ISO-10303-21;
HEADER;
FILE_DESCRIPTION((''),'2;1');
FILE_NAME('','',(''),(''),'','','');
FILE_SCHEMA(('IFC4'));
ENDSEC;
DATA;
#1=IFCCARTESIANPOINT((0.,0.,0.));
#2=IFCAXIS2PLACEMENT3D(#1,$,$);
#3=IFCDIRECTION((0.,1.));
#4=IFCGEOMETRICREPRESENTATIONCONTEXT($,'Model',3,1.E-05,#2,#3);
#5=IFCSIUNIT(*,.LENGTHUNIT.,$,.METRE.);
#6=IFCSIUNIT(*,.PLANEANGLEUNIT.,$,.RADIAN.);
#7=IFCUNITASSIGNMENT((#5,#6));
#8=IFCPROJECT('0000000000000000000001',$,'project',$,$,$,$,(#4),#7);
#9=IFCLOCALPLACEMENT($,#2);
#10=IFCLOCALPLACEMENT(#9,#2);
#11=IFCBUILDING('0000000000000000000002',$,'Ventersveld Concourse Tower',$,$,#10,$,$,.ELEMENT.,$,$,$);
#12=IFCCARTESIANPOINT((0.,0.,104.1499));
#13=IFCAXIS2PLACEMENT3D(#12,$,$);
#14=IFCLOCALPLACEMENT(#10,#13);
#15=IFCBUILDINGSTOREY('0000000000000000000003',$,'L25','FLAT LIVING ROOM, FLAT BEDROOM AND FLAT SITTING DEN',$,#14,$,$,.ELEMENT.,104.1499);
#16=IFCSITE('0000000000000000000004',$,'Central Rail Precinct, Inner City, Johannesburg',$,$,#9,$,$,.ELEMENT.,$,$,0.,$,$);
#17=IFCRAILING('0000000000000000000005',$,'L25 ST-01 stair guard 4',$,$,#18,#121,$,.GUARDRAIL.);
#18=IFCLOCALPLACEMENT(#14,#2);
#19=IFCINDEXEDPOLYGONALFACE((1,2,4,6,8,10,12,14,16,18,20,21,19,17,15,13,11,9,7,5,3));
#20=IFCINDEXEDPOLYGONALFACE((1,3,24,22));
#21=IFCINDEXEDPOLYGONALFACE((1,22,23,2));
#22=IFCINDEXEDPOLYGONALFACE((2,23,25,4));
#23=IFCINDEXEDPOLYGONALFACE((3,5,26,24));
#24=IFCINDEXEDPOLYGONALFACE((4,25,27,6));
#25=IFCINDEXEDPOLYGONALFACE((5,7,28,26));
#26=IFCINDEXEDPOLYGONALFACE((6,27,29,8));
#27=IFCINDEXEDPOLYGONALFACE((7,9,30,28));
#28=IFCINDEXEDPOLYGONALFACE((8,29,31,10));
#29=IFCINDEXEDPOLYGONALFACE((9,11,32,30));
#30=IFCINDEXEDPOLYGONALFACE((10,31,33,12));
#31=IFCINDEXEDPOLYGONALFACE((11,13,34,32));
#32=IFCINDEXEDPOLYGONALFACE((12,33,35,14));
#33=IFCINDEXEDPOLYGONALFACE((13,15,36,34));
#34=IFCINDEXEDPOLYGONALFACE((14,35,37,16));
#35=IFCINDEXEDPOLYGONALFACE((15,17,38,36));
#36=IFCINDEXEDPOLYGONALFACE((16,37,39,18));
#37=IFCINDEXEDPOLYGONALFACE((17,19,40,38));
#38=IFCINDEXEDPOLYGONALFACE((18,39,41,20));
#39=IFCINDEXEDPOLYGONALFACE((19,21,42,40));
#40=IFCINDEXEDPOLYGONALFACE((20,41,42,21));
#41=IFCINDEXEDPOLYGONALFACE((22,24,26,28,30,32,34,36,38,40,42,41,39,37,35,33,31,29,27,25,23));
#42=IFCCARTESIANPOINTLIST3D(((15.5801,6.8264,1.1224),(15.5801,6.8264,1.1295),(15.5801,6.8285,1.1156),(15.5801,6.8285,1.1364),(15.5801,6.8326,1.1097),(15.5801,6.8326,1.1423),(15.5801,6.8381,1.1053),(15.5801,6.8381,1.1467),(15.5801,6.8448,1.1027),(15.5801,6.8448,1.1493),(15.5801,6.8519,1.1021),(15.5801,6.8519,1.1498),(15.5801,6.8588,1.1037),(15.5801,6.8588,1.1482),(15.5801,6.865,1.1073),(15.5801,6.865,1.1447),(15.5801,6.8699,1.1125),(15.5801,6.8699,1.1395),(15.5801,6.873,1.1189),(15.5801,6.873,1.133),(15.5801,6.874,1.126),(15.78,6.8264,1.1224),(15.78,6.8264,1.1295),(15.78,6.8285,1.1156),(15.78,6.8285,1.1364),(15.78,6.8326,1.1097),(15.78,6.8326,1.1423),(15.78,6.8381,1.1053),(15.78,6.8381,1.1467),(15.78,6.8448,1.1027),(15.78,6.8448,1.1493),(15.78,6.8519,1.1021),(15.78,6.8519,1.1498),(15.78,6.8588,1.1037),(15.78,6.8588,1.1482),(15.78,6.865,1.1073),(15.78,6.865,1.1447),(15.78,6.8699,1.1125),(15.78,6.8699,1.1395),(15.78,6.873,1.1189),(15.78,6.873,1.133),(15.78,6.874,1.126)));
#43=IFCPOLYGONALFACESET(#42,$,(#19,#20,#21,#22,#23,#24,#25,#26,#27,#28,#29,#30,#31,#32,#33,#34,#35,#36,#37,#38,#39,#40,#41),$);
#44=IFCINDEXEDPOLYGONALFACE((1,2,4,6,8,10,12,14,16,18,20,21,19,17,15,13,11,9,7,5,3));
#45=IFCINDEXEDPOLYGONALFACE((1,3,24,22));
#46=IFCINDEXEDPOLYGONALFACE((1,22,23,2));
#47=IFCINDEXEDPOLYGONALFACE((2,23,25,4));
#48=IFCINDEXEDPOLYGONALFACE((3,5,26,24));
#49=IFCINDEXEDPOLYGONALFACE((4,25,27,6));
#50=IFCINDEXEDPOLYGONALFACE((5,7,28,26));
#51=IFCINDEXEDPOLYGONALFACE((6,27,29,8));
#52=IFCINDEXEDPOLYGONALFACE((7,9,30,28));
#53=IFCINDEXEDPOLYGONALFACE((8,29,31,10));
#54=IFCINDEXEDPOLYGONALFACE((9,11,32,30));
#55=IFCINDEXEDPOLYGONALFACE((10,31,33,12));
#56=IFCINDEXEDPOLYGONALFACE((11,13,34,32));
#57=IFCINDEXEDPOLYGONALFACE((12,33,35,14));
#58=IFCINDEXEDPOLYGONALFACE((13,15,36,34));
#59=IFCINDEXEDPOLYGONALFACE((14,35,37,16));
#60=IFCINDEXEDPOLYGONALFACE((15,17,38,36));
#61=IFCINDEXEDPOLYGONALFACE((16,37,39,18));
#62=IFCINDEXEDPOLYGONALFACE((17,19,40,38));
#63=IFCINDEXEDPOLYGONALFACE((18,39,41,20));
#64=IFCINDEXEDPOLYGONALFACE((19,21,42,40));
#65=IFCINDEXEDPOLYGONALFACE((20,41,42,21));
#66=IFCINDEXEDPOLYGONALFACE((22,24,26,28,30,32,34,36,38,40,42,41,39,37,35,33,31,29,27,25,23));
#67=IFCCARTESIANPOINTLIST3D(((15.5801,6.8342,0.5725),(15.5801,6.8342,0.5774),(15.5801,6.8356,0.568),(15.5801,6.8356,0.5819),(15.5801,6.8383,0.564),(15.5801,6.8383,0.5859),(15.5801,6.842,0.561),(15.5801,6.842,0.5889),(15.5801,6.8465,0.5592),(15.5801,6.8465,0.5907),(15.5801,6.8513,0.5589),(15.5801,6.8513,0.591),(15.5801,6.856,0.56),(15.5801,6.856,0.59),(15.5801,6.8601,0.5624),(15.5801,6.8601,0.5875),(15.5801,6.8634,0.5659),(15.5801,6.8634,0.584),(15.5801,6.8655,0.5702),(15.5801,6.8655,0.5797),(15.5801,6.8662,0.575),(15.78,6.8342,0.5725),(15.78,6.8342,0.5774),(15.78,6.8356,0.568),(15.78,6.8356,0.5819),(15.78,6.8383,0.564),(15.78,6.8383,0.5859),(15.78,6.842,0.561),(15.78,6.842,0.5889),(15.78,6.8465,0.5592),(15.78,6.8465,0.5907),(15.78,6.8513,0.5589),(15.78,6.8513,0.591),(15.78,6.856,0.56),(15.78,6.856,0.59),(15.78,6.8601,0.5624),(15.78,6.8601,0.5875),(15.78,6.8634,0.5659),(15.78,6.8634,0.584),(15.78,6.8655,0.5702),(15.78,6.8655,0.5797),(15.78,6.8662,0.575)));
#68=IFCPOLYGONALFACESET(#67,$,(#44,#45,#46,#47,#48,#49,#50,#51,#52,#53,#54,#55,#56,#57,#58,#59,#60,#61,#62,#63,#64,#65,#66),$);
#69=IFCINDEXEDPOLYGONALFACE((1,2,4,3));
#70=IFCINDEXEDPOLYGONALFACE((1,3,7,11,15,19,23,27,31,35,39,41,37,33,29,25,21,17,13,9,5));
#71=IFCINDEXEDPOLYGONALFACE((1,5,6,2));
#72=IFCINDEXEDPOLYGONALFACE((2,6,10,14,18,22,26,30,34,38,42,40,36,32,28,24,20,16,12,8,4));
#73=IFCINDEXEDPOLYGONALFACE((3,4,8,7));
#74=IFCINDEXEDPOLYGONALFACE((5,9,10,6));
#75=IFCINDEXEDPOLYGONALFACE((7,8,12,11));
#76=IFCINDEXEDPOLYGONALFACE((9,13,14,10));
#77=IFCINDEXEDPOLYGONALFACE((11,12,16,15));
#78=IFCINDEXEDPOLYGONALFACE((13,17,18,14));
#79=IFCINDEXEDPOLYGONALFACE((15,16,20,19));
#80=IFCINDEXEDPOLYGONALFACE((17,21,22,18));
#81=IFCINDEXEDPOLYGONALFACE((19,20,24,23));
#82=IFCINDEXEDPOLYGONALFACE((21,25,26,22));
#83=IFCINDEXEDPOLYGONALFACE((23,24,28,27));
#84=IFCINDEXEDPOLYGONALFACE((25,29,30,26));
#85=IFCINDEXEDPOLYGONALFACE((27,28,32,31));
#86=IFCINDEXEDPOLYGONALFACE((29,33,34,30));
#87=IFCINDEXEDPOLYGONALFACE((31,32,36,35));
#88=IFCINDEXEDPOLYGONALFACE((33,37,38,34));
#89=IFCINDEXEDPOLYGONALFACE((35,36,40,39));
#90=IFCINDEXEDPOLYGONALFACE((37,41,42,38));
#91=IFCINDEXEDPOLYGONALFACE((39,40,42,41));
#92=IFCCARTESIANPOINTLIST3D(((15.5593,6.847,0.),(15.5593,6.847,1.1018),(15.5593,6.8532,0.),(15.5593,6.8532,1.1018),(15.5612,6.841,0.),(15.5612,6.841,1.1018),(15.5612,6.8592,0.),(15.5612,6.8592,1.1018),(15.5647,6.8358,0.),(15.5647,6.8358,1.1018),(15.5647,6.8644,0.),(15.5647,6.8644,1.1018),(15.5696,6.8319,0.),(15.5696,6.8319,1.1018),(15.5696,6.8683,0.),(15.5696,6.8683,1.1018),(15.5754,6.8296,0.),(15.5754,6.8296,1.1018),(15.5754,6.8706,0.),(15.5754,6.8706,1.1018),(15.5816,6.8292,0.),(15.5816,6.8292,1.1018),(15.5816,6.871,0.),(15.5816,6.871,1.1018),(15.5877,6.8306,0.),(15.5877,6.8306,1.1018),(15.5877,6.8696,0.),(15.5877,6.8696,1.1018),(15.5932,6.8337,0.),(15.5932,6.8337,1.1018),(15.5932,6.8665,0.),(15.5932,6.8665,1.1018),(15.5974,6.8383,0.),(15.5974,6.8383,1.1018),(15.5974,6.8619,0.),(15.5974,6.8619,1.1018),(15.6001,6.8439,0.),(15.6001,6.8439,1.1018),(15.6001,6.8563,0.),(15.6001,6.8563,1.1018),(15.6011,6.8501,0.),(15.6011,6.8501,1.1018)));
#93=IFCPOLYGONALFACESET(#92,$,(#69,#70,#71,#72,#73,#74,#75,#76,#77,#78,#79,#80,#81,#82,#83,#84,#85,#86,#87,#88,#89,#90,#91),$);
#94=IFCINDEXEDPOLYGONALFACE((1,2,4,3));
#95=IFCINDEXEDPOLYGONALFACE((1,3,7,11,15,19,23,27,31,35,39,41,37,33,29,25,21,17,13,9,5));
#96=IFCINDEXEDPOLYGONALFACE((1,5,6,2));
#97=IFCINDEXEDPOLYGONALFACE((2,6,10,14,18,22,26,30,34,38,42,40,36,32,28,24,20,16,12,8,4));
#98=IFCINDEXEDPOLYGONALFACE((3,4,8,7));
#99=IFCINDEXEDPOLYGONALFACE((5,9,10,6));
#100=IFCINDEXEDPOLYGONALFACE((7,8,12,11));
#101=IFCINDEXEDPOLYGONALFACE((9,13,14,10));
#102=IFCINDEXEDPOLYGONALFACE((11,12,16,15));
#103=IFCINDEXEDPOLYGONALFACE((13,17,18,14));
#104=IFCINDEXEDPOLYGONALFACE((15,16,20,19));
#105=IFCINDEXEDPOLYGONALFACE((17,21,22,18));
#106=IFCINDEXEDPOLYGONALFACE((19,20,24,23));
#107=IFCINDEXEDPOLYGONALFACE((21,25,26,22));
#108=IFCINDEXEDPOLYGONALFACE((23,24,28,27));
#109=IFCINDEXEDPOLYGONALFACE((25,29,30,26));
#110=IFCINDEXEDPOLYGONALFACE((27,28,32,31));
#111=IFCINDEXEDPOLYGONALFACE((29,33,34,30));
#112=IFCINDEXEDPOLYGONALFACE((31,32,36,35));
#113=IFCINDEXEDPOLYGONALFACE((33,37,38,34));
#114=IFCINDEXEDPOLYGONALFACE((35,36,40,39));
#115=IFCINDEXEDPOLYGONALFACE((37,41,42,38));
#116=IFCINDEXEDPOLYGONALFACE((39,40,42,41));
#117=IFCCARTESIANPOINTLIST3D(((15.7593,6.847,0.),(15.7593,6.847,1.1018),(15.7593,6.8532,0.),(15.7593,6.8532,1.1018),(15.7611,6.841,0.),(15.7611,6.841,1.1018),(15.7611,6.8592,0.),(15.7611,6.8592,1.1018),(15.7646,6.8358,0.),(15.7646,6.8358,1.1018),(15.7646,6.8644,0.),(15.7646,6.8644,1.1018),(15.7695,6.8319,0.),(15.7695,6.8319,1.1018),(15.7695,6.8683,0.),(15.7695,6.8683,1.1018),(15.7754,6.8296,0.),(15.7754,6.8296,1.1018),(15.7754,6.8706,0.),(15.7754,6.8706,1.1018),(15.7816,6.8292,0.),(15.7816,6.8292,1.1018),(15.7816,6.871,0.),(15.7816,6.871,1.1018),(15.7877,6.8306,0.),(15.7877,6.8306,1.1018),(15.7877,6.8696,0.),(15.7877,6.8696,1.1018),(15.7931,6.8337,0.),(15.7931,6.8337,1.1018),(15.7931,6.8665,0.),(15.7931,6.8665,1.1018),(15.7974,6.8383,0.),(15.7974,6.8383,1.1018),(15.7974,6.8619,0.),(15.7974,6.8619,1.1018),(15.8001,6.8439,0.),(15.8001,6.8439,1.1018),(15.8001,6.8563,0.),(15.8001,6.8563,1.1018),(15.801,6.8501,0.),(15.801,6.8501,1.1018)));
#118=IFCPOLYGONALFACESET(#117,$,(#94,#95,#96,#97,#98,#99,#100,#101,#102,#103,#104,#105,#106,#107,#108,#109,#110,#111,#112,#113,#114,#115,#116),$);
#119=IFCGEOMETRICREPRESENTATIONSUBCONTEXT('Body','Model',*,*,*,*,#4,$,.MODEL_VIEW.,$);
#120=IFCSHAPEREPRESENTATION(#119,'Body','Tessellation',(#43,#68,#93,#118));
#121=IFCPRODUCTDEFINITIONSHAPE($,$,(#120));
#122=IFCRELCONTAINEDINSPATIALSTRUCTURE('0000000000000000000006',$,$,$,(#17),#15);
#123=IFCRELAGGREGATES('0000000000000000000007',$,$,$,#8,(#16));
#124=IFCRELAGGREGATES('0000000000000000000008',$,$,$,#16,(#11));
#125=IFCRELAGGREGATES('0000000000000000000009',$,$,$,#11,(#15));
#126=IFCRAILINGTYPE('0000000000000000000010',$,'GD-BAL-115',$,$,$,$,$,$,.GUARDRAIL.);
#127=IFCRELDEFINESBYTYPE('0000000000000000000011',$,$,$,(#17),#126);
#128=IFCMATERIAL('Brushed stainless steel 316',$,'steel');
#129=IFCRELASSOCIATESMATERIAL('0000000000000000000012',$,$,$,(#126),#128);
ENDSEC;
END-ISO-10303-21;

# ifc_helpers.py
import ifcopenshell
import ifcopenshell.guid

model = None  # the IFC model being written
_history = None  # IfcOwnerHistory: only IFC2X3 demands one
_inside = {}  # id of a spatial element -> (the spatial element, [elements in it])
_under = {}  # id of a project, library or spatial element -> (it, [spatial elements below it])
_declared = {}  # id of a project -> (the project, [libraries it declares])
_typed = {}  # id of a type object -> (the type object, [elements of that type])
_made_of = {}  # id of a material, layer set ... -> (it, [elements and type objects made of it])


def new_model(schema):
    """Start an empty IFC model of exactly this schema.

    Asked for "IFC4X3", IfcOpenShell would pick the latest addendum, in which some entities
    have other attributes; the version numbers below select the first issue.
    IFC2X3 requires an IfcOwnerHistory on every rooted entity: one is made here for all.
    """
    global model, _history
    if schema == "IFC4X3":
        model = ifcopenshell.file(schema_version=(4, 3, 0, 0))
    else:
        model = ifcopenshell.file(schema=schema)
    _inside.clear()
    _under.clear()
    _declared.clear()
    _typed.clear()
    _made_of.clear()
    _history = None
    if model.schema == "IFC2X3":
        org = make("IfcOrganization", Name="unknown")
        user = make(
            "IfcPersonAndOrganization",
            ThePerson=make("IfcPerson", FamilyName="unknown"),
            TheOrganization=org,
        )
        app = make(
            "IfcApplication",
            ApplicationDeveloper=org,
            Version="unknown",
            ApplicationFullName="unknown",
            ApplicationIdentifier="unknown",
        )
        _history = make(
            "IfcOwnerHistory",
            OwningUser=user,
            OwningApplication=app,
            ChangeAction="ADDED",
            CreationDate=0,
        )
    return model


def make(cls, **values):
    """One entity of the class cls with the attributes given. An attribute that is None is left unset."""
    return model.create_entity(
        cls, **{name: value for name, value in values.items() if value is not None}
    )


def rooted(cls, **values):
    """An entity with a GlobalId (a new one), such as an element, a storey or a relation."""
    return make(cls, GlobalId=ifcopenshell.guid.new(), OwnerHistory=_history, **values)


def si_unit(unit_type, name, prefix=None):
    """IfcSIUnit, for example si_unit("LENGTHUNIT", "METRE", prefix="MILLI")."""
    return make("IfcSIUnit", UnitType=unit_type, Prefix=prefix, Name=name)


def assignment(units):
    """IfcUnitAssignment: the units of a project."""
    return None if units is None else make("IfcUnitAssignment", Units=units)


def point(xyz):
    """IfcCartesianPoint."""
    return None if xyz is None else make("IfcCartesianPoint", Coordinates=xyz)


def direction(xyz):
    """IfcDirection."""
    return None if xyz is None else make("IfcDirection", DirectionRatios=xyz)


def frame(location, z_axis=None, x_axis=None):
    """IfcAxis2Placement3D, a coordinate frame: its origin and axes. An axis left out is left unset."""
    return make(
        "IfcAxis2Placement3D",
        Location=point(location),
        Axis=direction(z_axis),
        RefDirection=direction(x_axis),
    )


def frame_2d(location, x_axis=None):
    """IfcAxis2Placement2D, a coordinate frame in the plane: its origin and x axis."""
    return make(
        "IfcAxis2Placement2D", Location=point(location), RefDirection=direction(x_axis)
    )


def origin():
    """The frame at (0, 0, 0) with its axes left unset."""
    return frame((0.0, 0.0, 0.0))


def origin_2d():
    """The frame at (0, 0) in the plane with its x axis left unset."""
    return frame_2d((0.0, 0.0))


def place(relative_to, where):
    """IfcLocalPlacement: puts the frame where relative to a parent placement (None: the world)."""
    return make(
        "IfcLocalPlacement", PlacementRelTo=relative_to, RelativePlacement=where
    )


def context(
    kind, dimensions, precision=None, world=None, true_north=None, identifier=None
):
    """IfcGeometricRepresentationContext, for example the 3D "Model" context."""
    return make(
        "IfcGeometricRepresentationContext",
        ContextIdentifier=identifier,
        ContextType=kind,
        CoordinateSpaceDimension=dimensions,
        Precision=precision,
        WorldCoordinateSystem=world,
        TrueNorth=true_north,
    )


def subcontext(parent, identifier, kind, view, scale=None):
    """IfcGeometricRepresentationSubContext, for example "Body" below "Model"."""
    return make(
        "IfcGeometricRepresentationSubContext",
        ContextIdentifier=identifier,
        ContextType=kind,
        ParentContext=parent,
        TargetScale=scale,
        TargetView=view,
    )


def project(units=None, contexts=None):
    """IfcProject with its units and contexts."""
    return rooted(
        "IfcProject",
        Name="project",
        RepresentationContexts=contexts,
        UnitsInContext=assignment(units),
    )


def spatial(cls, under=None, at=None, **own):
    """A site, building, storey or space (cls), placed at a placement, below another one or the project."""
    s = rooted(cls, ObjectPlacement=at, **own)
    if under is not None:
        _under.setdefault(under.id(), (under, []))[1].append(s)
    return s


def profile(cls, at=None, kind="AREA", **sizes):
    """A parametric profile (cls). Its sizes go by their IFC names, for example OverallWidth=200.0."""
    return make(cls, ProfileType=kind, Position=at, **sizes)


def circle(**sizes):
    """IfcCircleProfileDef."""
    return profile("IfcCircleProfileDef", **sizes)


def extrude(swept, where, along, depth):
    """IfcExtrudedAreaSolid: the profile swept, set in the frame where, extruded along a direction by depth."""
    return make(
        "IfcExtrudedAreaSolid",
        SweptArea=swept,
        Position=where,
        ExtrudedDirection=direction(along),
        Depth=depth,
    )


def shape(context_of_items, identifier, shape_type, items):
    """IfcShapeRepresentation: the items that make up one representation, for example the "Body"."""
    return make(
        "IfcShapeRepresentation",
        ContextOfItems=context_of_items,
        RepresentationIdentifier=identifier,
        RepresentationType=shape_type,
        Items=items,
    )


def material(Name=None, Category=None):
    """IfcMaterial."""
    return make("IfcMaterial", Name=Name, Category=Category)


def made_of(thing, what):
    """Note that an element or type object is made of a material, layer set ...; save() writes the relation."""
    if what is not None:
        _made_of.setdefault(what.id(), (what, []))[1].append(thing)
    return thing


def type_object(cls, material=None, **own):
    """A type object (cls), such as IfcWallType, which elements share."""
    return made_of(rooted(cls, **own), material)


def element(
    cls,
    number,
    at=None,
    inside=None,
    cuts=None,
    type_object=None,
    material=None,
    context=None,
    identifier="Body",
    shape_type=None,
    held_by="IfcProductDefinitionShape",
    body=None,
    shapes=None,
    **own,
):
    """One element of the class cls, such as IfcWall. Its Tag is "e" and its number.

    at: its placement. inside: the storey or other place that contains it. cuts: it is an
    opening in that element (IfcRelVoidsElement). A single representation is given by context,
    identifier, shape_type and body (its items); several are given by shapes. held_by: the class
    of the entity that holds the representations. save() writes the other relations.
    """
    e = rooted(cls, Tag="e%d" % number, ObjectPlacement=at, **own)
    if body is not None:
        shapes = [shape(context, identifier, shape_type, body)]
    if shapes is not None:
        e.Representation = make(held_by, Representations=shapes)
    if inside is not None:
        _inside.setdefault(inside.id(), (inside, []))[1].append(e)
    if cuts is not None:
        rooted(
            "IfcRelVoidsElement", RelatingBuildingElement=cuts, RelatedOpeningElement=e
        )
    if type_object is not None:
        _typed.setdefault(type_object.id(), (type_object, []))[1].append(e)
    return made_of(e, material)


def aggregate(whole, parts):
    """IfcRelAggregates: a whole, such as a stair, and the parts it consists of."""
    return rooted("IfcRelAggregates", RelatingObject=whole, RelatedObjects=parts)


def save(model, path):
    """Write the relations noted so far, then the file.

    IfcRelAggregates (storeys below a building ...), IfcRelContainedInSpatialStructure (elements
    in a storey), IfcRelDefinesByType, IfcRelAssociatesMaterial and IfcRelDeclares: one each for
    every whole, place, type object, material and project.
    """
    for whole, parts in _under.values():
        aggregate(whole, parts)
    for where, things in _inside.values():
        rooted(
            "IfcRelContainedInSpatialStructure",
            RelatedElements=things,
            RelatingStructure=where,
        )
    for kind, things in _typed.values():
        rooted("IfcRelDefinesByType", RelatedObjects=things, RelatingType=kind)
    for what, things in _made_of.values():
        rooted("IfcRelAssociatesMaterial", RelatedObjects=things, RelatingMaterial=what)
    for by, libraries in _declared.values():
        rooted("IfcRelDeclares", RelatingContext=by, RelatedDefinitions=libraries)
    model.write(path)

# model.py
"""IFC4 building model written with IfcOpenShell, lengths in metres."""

from ifc_helpers import new_model, si_unit, direction, frame, origin, origin_2d, place, context, subcontext, project, spatial, circle, extrude, material, type_object, element, save


model = new_model("IFC4")

# Units and contexts
model_context = context("Model", 3, precision=1e-05, world=origin(), true_north=direction((0.0, 1.0)))
body_context = subcontext(model_context, "Body", "Model", "MODEL_VIEW")
ifc_project = project(units=[si_unit("LENGTHUNIT", "METRE"), si_unit("PLANEANGLEUNIT", "RADIAN")], contexts=[model_context])

# Site, building, storey
site_placement = place(None, origin())
site = spatial("IfcSite", under=ifc_project, at=site_placement, Name="Central Rail Precinct, Inner City, Johannesburg", CompositionType="ELEMENT", RefElevation=0.0)
building_placement = place(site_placement, origin())
building = spatial("IfcBuilding", under=site, at=building_placement, Name="Ventersveld Concourse Tower", CompositionType="ELEMENT")
storey_placement = place(building_placement, frame((0.0, 0.0, 104.1499)))
storey = spatial("IfcBuildingStorey", under=building, at=storey_placement, Name="L25", Description="FLAT LIVING ROOM, FLAT BEDROOM AND FLAT SITTING DEN", CompositionType="ELEMENT", Elevation=104.1499)

# Railing
ifc_material_1 = material(Name="Brushed stainless steel 316", Category="steel")
railing_type_1 = type_object("IfcRailingType", Name="GD-BAL-115", PredefinedType="GUARDRAIL", material=ifc_material_1)
railing_1_placement = place(storey_placement, frame((15.5801, 6.8501, 0.0)))
element("IfcRailing", 1, at=railing_1_placement, inside=storey, type_object=railing_type_1, Name="L25 ST-01 stair guard 4", PredefinedType="GUARDRAIL", context=body_context, shape_type="SweptSolid", body=[
    extrude(circle(Radius=0.0239, at=origin_2d()), frame((0.0, 0.0, 1.126), z_axis=(1.0, 0.0, 0.0), x_axis=(0.0, 1.0, 0.0)), (0.0, 0.0, 1.0), 0.2),
    extrude(circle(Radius=0.0161, at=origin_2d()), frame((0.0, 0.0, 0.575), z_axis=(1.0, 0.0, 0.0), x_axis=(0.0, 1.0, 0.0)), (0.0, 0.0, 1.0), 0.2),
    extrude(circle(Radius=0.021, at=origin_2d()), origin(), (0.0, 0.0, 1.0), 1.1018),
    extrude(circle(Radius=0.021, at=origin_2d()), frame((0.2, 0.0, 0.0)), (0.0, 0.0, 1.0), 1.1018),
])

save(model, "model.ifc")
